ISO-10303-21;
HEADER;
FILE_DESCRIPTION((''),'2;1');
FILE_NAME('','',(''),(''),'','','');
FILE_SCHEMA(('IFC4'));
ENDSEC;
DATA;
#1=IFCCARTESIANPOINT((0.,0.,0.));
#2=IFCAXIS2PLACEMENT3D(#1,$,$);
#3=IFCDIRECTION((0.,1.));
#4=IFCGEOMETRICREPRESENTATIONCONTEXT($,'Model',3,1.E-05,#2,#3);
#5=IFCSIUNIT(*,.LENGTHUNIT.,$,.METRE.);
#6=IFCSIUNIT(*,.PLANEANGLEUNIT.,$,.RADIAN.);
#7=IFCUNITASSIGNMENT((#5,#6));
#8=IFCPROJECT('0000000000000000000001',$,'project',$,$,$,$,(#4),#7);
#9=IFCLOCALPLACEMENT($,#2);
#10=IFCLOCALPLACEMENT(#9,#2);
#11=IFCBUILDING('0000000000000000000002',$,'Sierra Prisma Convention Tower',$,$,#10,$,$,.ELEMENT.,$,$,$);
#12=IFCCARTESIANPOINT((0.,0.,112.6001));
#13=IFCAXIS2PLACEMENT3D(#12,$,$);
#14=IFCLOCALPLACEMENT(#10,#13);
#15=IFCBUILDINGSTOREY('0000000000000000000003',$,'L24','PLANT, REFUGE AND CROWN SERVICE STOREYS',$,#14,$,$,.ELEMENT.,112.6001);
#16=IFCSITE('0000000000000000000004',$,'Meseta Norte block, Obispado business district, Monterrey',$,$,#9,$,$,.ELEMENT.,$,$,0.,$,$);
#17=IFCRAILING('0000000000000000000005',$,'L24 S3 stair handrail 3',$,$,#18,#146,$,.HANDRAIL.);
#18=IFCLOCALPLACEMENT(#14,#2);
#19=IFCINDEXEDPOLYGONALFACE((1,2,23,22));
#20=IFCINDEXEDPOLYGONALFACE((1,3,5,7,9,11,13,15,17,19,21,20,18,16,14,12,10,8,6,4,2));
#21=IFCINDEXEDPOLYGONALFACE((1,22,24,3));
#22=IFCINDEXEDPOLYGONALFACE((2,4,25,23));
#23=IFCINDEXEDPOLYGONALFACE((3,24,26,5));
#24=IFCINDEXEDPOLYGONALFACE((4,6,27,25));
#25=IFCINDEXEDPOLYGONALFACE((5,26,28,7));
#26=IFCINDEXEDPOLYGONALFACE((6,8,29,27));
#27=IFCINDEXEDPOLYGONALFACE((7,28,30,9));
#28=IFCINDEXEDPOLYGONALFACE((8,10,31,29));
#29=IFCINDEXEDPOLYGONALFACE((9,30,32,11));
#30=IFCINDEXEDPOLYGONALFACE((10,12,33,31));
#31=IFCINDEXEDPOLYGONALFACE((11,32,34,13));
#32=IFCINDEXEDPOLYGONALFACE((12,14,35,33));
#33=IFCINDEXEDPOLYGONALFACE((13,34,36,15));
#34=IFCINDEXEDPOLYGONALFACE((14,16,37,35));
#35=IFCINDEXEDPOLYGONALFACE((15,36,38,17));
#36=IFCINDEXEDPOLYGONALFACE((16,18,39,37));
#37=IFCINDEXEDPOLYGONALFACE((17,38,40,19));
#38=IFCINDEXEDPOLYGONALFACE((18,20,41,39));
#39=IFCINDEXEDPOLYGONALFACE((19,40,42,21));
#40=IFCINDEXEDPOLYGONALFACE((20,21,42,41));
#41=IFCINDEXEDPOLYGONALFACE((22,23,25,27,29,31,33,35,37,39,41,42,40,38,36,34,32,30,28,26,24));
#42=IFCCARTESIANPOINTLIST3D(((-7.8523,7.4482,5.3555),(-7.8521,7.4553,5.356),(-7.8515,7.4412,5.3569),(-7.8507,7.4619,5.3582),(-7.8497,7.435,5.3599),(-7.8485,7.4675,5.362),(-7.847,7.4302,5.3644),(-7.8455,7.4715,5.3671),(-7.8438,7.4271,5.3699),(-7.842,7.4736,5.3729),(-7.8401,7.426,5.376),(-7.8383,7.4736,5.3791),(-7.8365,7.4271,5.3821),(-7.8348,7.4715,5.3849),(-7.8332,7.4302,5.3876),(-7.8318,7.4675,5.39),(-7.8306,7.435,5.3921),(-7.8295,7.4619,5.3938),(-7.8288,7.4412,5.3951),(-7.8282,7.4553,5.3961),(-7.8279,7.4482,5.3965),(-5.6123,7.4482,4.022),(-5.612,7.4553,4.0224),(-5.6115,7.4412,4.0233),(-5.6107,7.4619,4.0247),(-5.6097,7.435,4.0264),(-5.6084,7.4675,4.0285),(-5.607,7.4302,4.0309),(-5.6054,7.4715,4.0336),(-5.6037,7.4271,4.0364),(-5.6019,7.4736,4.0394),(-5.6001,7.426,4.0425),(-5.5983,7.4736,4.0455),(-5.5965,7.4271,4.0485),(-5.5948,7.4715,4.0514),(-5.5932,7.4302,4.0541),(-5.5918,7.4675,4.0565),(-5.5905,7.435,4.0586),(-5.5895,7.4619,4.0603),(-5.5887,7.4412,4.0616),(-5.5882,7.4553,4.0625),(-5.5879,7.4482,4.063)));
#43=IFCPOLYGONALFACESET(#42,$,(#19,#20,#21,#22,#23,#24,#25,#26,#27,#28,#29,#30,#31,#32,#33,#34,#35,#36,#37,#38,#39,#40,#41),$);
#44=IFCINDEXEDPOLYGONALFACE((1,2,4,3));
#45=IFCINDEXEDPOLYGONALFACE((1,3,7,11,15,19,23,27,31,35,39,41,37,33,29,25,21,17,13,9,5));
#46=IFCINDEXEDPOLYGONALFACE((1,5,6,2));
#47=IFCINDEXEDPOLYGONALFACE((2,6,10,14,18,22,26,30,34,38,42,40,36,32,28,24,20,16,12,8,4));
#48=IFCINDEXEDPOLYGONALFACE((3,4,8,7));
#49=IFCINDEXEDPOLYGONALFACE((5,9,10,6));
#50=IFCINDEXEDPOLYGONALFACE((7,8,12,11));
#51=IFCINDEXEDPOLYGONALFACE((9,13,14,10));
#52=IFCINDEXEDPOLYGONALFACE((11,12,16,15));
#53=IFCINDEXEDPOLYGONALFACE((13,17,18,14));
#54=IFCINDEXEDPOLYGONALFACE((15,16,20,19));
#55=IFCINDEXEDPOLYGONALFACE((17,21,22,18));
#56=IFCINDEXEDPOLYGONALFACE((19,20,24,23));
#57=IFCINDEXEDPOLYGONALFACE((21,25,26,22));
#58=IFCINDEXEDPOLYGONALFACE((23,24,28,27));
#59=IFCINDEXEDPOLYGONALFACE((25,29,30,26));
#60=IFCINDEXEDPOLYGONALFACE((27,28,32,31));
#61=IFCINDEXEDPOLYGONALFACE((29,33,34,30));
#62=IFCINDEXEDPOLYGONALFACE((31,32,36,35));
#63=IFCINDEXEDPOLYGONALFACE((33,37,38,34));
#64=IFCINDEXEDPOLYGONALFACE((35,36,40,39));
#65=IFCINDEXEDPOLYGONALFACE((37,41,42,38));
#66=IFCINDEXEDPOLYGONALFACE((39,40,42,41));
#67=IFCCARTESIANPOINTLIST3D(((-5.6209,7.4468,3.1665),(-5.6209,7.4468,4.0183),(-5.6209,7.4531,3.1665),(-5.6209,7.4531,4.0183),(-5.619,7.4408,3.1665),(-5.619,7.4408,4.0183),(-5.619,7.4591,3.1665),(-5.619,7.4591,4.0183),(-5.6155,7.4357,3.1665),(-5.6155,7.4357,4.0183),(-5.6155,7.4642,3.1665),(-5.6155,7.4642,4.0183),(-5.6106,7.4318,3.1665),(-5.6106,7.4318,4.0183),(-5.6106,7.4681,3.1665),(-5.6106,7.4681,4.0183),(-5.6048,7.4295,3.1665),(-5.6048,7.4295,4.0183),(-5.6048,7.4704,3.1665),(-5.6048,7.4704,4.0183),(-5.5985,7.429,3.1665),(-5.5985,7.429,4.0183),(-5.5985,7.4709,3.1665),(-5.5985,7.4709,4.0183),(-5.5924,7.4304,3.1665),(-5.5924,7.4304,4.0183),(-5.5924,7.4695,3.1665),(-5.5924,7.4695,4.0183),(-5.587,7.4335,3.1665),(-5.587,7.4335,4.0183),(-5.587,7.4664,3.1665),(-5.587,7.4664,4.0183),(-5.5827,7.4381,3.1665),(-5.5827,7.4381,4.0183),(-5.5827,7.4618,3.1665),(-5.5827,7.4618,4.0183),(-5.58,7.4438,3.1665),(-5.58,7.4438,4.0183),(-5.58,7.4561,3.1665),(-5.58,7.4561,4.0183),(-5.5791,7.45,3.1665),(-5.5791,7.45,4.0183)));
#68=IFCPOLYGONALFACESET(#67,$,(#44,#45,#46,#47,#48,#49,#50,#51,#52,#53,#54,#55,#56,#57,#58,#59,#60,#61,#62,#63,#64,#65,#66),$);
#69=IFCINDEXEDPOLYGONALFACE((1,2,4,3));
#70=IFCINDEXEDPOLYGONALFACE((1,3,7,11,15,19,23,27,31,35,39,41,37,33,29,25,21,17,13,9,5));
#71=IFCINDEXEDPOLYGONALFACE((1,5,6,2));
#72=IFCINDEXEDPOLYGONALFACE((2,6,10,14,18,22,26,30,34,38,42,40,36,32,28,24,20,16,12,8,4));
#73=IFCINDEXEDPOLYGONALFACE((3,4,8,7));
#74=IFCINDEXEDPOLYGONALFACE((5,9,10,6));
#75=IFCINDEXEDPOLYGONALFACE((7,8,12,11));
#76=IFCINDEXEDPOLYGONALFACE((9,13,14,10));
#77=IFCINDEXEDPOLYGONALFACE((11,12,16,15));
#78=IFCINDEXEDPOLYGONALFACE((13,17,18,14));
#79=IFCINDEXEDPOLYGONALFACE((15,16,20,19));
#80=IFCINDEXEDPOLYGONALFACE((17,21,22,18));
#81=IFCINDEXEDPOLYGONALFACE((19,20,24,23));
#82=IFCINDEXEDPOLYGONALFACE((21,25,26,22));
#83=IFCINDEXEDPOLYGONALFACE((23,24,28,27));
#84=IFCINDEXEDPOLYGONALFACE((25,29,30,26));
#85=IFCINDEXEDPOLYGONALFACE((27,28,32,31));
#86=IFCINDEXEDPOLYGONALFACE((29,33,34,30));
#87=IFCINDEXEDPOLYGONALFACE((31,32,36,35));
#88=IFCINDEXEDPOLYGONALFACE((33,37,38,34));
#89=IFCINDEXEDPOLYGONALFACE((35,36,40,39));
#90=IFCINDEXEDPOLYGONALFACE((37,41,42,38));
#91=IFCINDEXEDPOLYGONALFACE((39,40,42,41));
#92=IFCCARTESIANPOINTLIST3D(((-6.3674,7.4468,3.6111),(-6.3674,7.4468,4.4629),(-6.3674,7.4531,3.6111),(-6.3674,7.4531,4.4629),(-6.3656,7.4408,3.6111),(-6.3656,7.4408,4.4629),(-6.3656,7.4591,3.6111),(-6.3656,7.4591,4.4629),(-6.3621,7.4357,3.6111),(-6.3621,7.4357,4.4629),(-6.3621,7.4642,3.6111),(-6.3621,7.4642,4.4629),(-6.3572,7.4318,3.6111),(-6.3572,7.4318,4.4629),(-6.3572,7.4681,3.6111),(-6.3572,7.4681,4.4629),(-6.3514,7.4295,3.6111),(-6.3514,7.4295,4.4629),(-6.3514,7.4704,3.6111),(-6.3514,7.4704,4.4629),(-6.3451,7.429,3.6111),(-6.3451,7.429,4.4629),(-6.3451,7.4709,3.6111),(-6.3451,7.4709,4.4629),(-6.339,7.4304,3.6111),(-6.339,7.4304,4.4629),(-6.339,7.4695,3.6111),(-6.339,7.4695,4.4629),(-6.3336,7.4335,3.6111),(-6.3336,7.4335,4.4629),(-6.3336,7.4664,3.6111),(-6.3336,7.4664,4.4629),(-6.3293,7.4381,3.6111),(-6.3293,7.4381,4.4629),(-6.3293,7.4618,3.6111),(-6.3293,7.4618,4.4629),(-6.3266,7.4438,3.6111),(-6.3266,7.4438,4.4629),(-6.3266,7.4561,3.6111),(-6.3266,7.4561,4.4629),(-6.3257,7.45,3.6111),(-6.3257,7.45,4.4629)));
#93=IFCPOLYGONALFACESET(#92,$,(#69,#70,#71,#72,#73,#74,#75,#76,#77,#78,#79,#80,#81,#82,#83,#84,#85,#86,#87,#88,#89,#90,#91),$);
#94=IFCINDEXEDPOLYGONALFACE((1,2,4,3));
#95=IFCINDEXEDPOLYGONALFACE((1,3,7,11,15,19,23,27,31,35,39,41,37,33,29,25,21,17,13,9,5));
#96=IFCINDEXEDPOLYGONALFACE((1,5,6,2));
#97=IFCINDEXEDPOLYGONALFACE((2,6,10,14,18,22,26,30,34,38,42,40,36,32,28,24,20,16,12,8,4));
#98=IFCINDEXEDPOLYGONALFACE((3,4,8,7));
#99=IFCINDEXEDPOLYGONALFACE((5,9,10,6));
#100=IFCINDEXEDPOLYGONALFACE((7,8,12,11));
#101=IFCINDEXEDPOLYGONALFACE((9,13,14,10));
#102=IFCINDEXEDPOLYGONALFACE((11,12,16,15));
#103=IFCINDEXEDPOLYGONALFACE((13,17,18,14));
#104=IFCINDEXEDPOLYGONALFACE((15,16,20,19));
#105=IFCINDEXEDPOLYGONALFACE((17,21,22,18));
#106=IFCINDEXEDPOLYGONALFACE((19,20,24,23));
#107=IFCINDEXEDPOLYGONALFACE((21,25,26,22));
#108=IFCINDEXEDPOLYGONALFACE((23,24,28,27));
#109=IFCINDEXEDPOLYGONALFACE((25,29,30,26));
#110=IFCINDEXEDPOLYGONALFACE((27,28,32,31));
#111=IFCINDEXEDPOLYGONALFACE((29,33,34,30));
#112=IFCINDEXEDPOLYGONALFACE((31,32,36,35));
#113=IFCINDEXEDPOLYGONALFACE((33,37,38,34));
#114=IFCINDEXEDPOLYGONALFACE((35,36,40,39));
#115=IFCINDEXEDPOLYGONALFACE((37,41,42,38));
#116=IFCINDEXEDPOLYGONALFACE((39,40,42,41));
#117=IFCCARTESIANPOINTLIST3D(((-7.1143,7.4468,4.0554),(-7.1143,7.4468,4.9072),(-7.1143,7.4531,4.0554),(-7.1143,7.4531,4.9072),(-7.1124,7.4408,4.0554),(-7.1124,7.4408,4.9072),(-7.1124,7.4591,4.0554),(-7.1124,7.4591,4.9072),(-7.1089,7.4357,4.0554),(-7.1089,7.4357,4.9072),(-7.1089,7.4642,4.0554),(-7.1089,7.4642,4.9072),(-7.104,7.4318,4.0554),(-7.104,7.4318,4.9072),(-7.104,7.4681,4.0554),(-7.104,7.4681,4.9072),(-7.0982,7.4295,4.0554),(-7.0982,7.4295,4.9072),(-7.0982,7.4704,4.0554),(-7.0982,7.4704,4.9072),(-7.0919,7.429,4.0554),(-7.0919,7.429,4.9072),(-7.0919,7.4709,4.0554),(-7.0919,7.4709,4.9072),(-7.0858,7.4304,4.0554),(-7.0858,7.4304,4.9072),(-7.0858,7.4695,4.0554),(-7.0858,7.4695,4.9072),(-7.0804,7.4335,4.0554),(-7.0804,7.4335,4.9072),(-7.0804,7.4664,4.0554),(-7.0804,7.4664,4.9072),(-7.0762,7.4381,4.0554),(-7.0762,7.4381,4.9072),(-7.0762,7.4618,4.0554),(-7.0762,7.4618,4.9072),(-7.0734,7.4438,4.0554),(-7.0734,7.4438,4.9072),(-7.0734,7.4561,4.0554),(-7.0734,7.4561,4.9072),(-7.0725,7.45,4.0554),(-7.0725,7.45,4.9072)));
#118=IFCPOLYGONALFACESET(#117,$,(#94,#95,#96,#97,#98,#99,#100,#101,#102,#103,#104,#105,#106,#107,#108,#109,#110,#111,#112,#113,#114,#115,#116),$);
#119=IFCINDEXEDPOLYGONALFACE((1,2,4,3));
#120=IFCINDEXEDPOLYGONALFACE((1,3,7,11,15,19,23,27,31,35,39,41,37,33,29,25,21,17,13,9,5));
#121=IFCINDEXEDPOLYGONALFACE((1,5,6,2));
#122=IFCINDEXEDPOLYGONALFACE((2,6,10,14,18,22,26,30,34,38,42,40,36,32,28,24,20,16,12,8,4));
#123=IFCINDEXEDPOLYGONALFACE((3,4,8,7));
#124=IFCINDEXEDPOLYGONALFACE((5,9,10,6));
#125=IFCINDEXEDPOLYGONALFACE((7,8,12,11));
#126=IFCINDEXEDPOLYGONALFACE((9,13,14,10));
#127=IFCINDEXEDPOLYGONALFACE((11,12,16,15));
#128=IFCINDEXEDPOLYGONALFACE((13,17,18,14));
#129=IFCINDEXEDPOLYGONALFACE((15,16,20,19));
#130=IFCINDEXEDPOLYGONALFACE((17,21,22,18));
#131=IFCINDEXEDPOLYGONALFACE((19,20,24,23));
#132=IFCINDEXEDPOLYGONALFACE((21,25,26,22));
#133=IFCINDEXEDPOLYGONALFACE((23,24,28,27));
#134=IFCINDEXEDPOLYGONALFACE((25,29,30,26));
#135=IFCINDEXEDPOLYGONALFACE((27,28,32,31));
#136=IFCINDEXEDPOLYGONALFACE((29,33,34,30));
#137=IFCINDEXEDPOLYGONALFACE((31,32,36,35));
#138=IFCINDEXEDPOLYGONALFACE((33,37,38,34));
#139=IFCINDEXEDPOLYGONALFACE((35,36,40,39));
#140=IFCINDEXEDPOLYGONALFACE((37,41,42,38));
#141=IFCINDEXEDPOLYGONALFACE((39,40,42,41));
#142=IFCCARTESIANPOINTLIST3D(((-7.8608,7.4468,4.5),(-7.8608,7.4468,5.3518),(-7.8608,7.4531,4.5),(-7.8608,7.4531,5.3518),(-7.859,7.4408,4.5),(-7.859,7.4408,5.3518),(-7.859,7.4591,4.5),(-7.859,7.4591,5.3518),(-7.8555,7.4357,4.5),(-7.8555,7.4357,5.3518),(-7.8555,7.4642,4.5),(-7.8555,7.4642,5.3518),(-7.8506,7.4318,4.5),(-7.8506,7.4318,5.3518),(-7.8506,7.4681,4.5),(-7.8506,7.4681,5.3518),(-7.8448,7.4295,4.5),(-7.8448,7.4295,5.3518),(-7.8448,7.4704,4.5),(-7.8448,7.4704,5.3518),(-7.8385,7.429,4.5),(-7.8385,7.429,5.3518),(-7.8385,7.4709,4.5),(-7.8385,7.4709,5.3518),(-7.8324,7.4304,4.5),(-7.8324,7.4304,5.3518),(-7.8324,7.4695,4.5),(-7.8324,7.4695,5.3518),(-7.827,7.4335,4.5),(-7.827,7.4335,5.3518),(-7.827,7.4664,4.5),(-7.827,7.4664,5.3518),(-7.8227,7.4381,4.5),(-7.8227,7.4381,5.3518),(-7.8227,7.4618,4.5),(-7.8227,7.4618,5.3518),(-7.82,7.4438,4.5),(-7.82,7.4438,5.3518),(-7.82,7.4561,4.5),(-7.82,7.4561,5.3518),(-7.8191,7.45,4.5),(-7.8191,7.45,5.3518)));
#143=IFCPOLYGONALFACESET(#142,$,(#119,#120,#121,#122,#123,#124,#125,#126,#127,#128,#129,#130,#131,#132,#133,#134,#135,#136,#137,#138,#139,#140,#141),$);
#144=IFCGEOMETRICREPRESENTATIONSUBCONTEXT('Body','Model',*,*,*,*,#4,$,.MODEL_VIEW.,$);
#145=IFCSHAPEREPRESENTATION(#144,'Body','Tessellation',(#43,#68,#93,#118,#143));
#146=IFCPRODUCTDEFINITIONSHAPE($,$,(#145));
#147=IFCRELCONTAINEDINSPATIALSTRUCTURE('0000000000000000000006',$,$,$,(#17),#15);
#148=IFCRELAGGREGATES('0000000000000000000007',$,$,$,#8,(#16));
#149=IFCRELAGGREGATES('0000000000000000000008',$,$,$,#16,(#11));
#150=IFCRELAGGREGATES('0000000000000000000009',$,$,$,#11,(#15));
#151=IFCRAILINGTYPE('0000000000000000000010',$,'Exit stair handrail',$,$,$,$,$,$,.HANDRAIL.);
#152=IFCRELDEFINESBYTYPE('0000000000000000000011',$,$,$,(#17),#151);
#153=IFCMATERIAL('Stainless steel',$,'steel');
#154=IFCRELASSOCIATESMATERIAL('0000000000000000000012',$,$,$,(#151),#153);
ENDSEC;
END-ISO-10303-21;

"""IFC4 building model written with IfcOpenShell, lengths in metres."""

from ifc_helpers import new_model, si_unit, direction, frame, origin, origin_2d, place, context, subcontext, project, spatial, circle, extrude, material, type_object, element, save


model = new_model("IFC4")

# Units and contexts
model_context = context("Model", 3, precision=1e-05, world=origin(), true_north=direction((0.0, 1.0)))
body_context = subcontext(model_context, "Body", "Model", "MODEL_VIEW")
ifc_project = project(units=[si_unit("LENGTHUNIT", "METRE"), si_unit("PLANEANGLEUNIT", "RADIAN")], contexts=[model_context])

# Site, building, storey
site_placement = place(None, origin())
site = spatial("IfcSite", under=ifc_project, at=site_placement, Name="Meseta Norte block, Obispado business district, Monterrey", CompositionType="ELEMENT", RefElevation=0.0)
building_placement = place(site_placement, origin())
building = spatial("IfcBuilding", under=site, at=building_placement, Name="Sierra Prisma Convention Tower", CompositionType="ELEMENT")
storey_placement = place(building_placement, frame((0.0, 0.0, 112.6001)))
storey = spatial("IfcBuildingStorey", under=building, at=storey_placement, Name="L24", Description="PLANT, REFUGE AND CROWN SERVICE STOREYS", CompositionType="ELEMENT", Elevation=112.6001)

# Railing
ifc_material_1 = material(Name="Stainless steel", Category="steel")
railing_type_1 = type_object("IfcRailingType", Name="Exit stair handrail", PredefinedType="HANDRAIL", material=ifc_material_1)
for number, where, name in (
    (1, (-5.6001, 7.45, 3.1665), "L24 S3 stair handrail 3"),
):
    element("IfcRailing", number, at=place(storey_placement, frame(where)), inside=storey, type_object=railing_type_1, Name=name, PredefinedType="HANDRAIL", context=body_context, shape_type="SweptSolid", body=[
        extrude(circle(Radius=0.0239, at=origin_2d()), frame((0.0, 0.0, 0.876), z_axis=(-0.859264, 0.0, 0.511532), x_axis=(0.0, -1.0, 0.0)), (0.0, 0.0, 1.0), 2.6069),
        extrude(circle(Radius=0.021, at=origin_2d()), origin(), (0.0, 0.0, 1.0), 0.8518),
        extrude(circle(Radius=0.021, at=origin_2d()), frame((-0.7466, 0.0, 0.4446)), (0.0, 0.0, 1.0), 0.8518),
        extrude(circle(Radius=0.021, at=origin_2d()), frame((-1.4934, 0.0, 0.8889)), (0.0, 0.0, 1.0), 0.8518),
        extrude(circle(Radius=0.021, at=origin_2d()), frame((-2.24, 0.0, 1.3335)), (0.0, 0.0, 1.0), 0.8518),
    ])

save(model, "model.ifc")
